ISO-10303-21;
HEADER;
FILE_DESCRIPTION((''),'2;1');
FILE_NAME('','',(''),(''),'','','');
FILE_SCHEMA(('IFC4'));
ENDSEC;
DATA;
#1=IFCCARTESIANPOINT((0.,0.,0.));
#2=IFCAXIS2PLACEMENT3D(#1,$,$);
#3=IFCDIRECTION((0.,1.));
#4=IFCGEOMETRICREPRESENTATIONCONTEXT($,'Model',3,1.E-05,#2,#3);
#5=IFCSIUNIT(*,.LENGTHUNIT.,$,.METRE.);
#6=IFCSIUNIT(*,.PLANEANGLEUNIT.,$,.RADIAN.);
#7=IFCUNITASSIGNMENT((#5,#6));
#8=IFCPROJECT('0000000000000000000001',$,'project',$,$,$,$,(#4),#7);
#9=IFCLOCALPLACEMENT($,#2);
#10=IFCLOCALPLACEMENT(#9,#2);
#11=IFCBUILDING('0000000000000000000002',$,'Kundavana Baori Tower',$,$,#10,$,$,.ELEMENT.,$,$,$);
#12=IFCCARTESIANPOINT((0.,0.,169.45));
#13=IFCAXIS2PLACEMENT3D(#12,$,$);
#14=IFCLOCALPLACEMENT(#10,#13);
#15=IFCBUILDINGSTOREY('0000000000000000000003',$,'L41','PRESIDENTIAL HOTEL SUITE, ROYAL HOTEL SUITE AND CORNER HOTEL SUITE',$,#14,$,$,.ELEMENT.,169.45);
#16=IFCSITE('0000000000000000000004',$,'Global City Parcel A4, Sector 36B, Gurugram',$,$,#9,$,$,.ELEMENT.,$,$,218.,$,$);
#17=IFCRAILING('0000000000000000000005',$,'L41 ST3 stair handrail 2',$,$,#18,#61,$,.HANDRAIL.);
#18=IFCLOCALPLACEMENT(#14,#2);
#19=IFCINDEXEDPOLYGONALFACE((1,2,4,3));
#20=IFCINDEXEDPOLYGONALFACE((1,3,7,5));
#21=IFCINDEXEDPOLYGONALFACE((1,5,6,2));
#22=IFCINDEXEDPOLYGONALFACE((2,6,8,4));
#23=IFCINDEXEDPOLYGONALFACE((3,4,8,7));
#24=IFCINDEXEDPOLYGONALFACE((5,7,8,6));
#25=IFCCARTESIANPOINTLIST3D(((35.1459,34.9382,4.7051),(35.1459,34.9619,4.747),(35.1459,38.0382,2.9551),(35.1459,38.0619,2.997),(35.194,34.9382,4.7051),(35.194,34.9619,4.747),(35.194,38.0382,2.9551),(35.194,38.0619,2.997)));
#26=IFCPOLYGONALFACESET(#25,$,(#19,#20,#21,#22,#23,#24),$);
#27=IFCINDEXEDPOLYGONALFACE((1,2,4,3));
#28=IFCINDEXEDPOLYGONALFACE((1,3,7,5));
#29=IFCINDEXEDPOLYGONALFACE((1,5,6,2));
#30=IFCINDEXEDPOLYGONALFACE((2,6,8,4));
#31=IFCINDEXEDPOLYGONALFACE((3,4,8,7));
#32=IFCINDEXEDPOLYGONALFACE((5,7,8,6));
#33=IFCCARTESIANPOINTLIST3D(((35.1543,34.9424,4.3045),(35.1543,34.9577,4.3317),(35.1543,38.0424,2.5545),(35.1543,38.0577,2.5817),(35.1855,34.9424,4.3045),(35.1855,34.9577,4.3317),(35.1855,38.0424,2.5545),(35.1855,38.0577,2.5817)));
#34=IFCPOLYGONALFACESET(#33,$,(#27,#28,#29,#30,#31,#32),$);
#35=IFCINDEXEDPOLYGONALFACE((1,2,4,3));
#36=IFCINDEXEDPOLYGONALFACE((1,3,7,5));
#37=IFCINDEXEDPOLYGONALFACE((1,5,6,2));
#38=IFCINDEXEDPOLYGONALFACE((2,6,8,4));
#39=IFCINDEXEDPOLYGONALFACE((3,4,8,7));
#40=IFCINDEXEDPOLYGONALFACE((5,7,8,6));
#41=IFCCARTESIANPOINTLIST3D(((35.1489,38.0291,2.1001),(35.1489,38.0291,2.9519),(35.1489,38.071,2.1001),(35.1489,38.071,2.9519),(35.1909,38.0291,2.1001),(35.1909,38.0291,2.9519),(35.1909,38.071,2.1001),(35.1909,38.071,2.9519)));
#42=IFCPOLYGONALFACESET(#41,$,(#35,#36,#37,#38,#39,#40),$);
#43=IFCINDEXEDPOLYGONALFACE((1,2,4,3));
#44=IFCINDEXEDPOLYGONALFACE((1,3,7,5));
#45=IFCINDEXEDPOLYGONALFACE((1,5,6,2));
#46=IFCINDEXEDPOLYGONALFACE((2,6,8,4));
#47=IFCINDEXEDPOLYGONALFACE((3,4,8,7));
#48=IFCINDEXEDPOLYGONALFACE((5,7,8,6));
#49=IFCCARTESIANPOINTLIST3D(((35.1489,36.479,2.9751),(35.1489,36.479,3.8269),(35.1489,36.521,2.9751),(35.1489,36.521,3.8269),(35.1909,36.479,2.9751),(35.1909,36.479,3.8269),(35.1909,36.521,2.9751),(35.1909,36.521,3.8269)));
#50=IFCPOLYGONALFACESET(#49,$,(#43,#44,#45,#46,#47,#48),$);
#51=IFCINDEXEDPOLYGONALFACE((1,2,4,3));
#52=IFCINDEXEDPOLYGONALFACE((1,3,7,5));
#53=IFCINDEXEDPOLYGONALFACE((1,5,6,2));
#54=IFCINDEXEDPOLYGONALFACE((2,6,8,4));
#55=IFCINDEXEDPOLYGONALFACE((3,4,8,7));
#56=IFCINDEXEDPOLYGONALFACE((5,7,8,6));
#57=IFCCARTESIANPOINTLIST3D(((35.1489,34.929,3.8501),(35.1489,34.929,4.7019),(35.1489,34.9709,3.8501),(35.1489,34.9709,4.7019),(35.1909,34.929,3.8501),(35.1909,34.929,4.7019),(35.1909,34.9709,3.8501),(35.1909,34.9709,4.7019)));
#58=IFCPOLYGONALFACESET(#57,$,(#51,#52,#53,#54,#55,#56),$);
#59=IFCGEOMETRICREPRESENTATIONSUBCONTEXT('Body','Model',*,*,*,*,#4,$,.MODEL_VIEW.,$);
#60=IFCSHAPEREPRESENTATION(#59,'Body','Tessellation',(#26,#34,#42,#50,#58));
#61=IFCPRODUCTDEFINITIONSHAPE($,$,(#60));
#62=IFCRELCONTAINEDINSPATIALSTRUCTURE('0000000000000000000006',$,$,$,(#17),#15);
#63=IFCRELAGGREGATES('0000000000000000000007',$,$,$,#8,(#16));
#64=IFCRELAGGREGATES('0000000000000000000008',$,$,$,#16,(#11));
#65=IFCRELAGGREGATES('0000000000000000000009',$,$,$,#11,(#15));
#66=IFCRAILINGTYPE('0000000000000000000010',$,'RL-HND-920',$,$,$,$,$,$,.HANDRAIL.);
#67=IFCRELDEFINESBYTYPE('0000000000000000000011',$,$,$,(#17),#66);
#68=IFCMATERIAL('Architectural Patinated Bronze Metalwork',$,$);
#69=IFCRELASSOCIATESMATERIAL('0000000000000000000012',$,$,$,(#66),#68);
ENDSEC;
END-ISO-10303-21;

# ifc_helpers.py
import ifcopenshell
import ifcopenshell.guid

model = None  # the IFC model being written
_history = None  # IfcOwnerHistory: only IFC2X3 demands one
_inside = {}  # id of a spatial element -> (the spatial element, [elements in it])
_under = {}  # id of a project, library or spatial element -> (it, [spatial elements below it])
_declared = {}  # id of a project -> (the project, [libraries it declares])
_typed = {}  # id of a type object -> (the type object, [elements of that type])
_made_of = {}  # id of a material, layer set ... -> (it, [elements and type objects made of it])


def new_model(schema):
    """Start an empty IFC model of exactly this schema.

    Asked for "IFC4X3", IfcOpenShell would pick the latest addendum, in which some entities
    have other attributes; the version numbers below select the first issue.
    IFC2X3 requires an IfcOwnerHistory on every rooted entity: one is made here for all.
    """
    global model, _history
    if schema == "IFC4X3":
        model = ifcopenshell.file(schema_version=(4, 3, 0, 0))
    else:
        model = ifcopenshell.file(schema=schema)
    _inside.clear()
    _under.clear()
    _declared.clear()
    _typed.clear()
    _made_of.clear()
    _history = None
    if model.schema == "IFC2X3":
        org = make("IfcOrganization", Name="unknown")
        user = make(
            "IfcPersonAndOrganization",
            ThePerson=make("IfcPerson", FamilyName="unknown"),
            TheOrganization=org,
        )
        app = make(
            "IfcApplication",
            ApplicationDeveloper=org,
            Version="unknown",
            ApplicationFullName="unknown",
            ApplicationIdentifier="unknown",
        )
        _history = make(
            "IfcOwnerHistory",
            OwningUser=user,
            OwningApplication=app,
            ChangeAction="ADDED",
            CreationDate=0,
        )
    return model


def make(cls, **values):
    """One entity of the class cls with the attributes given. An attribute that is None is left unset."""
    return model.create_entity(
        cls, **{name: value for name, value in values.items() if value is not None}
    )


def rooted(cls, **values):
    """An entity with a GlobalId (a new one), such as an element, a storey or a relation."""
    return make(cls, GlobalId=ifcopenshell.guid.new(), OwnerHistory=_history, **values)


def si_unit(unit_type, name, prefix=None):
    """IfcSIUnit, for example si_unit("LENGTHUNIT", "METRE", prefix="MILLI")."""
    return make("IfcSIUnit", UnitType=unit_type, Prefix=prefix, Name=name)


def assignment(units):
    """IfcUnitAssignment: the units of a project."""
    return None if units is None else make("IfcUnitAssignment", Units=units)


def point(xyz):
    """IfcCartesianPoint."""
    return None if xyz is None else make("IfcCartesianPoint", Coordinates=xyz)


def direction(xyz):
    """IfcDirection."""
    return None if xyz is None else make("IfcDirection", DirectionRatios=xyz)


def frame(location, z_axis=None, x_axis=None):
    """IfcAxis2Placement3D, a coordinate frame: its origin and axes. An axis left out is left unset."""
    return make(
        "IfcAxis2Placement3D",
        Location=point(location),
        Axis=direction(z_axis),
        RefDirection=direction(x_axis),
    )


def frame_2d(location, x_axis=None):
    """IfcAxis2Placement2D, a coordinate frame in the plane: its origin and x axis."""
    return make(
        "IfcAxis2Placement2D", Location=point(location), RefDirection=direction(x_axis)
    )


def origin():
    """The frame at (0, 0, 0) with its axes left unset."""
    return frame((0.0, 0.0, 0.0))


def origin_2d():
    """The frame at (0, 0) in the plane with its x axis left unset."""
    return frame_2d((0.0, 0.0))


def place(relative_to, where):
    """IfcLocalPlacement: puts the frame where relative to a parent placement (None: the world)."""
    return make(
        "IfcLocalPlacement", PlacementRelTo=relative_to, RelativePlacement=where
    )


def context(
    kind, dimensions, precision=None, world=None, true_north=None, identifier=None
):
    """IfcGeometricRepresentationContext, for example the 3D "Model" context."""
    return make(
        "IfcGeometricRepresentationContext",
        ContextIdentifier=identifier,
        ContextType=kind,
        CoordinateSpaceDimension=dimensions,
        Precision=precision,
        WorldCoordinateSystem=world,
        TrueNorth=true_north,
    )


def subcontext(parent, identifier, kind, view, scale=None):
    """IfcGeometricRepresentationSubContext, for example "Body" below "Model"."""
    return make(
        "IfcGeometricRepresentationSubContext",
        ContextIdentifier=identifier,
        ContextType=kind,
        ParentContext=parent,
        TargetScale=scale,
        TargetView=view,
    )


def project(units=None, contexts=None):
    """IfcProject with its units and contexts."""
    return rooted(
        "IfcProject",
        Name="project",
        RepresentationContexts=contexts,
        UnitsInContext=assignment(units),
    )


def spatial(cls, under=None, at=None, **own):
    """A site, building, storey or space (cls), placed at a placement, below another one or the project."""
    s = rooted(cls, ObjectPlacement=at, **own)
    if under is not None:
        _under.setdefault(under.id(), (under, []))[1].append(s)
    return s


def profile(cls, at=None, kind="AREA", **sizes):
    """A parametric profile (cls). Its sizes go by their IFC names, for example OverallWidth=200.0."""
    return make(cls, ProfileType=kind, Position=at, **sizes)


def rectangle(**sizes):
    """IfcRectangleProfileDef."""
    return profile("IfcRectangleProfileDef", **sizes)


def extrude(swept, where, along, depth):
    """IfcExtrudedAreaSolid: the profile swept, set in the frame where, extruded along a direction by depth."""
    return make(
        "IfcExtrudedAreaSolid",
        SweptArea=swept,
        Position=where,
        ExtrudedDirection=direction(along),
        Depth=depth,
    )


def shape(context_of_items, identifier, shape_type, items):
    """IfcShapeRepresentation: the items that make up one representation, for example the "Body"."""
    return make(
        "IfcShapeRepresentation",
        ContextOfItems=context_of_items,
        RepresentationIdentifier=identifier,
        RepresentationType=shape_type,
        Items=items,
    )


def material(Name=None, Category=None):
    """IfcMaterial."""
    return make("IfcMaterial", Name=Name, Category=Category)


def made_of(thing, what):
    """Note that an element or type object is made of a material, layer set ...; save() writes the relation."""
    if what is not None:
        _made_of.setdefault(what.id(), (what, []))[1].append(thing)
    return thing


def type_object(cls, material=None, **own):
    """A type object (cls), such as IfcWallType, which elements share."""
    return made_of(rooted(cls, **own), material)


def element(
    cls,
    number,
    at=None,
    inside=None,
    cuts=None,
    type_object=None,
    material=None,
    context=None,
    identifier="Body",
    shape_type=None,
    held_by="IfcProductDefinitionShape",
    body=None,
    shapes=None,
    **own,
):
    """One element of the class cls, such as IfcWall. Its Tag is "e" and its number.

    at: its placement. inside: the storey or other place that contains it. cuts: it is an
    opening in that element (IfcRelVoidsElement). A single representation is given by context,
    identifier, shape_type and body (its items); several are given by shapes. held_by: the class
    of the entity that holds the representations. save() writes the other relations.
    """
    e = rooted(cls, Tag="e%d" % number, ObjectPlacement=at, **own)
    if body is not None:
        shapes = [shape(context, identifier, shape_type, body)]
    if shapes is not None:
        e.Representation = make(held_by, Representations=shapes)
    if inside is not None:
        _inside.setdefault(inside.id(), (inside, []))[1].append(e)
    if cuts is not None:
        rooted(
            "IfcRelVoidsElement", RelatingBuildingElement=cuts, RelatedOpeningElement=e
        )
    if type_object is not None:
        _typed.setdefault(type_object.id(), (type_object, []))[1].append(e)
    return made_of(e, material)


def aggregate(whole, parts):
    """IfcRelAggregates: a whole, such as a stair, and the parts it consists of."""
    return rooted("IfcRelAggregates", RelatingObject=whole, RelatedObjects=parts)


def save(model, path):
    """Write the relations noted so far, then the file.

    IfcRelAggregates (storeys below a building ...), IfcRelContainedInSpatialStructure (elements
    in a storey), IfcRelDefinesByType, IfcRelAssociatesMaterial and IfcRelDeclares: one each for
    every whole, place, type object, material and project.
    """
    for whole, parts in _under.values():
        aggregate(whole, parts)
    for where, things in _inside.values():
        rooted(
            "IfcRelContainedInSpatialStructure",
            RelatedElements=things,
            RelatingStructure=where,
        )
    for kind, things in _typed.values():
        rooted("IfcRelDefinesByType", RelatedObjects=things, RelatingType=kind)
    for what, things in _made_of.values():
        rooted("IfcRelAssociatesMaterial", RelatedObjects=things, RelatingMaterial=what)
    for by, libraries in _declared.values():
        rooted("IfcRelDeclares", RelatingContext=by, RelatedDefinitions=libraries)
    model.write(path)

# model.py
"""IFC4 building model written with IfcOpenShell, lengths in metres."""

from ifc_helpers import new_model, si_unit, direction, frame, origin, origin_2d, place, context, subcontext, project, spatial, rectangle, extrude, material, type_object, element, save


model = new_model("IFC4")

# Units and contexts
model_context = context("Model", 3, precision=1e-05, world=origin(), true_north=direction((0.0, 1.0)))
body_context = subcontext(model_context, "Body", "Model", "MODEL_VIEW")
ifc_project = project(units=[si_unit("LENGTHUNIT", "METRE"), si_unit("PLANEANGLEUNIT", "RADIAN")], contexts=[model_context])

# Site, building, storey
site_placement = place(None, origin())
site = spatial("IfcSite", under=ifc_project, at=site_placement, Name="Global City Parcel A4, Sector 36B, Gurugram", CompositionType="ELEMENT", RefElevation=218.0)
building_placement = place(site_placement, origin())
building = spatial("IfcBuilding", under=site, at=building_placement, Name="Kundavana Baori Tower", CompositionType="ELEMENT")
storey_placement = place(building_placement, frame((0.0, 0.0, 169.45)))
storey = spatial("IfcBuildingStorey", under=building, at=storey_placement, Name="L41", Description="PRESIDENTIAL HOTEL SUITE, ROYAL HOTEL SUITE AND CORNER HOTEL SUITE", CompositionType="ELEMENT", Elevation=169.45)

# Railing
ifc_material_1 = material(Name="Architectural Patinated Bronze Metalwork")
railing_type_1 = type_object("IfcRailingType", Name="RL-HND-920", PredefinedType="HANDRAIL", material=ifc_material_1)
railing_1_placement = place(storey_placement, frame((35.1699, 38.05, 2.1001)))
element("IfcRailing", 1, at=railing_1_placement, inside=storey, type_object=railing_type_1, Name="L41 ST3 stair handrail 2", PredefinedType="HANDRAIL", context=body_context, shape_type="SweptSolid", body=[
    extrude(rectangle(XDim=0.0481, YDim=0.0481, at=origin_2d()), frame((0.0, 0.0, 0.876), z_axis=(0.0, -0.870831, 0.491583), x_axis=(1.0, 0.0, 0.0)), (0.0, 0.0, 1.0), 3.5598),
    extrude(rectangle(XDim=0.0312, YDim=0.0312, at=origin_2d()), frame((0.0, 0.0, 0.468), z_axis=(0.0, -0.870831, 0.491583), x_axis=(1.0, 0.0, 0.0)), (0.0, 0.0, 1.0), 3.5598),
    extrude(rectangle(XDim=0.042, YDim=0.042, at=origin_2d()), origin(), (0.0, 0.0, 1.0), 0.8518),
    extrude(rectangle(XDim=0.042, YDim=0.042, at=origin_2d()), frame((0.0, -1.55, 0.875)), (0.0, 0.0, 1.0), 0.8518),
    extrude(rectangle(XDim=0.042, YDim=0.042, at=origin_2d()), frame((0.0, -3.1001, 1.75)), (0.0, 0.0, 1.0), 0.8518),
])

save(model, "model.ifc")
